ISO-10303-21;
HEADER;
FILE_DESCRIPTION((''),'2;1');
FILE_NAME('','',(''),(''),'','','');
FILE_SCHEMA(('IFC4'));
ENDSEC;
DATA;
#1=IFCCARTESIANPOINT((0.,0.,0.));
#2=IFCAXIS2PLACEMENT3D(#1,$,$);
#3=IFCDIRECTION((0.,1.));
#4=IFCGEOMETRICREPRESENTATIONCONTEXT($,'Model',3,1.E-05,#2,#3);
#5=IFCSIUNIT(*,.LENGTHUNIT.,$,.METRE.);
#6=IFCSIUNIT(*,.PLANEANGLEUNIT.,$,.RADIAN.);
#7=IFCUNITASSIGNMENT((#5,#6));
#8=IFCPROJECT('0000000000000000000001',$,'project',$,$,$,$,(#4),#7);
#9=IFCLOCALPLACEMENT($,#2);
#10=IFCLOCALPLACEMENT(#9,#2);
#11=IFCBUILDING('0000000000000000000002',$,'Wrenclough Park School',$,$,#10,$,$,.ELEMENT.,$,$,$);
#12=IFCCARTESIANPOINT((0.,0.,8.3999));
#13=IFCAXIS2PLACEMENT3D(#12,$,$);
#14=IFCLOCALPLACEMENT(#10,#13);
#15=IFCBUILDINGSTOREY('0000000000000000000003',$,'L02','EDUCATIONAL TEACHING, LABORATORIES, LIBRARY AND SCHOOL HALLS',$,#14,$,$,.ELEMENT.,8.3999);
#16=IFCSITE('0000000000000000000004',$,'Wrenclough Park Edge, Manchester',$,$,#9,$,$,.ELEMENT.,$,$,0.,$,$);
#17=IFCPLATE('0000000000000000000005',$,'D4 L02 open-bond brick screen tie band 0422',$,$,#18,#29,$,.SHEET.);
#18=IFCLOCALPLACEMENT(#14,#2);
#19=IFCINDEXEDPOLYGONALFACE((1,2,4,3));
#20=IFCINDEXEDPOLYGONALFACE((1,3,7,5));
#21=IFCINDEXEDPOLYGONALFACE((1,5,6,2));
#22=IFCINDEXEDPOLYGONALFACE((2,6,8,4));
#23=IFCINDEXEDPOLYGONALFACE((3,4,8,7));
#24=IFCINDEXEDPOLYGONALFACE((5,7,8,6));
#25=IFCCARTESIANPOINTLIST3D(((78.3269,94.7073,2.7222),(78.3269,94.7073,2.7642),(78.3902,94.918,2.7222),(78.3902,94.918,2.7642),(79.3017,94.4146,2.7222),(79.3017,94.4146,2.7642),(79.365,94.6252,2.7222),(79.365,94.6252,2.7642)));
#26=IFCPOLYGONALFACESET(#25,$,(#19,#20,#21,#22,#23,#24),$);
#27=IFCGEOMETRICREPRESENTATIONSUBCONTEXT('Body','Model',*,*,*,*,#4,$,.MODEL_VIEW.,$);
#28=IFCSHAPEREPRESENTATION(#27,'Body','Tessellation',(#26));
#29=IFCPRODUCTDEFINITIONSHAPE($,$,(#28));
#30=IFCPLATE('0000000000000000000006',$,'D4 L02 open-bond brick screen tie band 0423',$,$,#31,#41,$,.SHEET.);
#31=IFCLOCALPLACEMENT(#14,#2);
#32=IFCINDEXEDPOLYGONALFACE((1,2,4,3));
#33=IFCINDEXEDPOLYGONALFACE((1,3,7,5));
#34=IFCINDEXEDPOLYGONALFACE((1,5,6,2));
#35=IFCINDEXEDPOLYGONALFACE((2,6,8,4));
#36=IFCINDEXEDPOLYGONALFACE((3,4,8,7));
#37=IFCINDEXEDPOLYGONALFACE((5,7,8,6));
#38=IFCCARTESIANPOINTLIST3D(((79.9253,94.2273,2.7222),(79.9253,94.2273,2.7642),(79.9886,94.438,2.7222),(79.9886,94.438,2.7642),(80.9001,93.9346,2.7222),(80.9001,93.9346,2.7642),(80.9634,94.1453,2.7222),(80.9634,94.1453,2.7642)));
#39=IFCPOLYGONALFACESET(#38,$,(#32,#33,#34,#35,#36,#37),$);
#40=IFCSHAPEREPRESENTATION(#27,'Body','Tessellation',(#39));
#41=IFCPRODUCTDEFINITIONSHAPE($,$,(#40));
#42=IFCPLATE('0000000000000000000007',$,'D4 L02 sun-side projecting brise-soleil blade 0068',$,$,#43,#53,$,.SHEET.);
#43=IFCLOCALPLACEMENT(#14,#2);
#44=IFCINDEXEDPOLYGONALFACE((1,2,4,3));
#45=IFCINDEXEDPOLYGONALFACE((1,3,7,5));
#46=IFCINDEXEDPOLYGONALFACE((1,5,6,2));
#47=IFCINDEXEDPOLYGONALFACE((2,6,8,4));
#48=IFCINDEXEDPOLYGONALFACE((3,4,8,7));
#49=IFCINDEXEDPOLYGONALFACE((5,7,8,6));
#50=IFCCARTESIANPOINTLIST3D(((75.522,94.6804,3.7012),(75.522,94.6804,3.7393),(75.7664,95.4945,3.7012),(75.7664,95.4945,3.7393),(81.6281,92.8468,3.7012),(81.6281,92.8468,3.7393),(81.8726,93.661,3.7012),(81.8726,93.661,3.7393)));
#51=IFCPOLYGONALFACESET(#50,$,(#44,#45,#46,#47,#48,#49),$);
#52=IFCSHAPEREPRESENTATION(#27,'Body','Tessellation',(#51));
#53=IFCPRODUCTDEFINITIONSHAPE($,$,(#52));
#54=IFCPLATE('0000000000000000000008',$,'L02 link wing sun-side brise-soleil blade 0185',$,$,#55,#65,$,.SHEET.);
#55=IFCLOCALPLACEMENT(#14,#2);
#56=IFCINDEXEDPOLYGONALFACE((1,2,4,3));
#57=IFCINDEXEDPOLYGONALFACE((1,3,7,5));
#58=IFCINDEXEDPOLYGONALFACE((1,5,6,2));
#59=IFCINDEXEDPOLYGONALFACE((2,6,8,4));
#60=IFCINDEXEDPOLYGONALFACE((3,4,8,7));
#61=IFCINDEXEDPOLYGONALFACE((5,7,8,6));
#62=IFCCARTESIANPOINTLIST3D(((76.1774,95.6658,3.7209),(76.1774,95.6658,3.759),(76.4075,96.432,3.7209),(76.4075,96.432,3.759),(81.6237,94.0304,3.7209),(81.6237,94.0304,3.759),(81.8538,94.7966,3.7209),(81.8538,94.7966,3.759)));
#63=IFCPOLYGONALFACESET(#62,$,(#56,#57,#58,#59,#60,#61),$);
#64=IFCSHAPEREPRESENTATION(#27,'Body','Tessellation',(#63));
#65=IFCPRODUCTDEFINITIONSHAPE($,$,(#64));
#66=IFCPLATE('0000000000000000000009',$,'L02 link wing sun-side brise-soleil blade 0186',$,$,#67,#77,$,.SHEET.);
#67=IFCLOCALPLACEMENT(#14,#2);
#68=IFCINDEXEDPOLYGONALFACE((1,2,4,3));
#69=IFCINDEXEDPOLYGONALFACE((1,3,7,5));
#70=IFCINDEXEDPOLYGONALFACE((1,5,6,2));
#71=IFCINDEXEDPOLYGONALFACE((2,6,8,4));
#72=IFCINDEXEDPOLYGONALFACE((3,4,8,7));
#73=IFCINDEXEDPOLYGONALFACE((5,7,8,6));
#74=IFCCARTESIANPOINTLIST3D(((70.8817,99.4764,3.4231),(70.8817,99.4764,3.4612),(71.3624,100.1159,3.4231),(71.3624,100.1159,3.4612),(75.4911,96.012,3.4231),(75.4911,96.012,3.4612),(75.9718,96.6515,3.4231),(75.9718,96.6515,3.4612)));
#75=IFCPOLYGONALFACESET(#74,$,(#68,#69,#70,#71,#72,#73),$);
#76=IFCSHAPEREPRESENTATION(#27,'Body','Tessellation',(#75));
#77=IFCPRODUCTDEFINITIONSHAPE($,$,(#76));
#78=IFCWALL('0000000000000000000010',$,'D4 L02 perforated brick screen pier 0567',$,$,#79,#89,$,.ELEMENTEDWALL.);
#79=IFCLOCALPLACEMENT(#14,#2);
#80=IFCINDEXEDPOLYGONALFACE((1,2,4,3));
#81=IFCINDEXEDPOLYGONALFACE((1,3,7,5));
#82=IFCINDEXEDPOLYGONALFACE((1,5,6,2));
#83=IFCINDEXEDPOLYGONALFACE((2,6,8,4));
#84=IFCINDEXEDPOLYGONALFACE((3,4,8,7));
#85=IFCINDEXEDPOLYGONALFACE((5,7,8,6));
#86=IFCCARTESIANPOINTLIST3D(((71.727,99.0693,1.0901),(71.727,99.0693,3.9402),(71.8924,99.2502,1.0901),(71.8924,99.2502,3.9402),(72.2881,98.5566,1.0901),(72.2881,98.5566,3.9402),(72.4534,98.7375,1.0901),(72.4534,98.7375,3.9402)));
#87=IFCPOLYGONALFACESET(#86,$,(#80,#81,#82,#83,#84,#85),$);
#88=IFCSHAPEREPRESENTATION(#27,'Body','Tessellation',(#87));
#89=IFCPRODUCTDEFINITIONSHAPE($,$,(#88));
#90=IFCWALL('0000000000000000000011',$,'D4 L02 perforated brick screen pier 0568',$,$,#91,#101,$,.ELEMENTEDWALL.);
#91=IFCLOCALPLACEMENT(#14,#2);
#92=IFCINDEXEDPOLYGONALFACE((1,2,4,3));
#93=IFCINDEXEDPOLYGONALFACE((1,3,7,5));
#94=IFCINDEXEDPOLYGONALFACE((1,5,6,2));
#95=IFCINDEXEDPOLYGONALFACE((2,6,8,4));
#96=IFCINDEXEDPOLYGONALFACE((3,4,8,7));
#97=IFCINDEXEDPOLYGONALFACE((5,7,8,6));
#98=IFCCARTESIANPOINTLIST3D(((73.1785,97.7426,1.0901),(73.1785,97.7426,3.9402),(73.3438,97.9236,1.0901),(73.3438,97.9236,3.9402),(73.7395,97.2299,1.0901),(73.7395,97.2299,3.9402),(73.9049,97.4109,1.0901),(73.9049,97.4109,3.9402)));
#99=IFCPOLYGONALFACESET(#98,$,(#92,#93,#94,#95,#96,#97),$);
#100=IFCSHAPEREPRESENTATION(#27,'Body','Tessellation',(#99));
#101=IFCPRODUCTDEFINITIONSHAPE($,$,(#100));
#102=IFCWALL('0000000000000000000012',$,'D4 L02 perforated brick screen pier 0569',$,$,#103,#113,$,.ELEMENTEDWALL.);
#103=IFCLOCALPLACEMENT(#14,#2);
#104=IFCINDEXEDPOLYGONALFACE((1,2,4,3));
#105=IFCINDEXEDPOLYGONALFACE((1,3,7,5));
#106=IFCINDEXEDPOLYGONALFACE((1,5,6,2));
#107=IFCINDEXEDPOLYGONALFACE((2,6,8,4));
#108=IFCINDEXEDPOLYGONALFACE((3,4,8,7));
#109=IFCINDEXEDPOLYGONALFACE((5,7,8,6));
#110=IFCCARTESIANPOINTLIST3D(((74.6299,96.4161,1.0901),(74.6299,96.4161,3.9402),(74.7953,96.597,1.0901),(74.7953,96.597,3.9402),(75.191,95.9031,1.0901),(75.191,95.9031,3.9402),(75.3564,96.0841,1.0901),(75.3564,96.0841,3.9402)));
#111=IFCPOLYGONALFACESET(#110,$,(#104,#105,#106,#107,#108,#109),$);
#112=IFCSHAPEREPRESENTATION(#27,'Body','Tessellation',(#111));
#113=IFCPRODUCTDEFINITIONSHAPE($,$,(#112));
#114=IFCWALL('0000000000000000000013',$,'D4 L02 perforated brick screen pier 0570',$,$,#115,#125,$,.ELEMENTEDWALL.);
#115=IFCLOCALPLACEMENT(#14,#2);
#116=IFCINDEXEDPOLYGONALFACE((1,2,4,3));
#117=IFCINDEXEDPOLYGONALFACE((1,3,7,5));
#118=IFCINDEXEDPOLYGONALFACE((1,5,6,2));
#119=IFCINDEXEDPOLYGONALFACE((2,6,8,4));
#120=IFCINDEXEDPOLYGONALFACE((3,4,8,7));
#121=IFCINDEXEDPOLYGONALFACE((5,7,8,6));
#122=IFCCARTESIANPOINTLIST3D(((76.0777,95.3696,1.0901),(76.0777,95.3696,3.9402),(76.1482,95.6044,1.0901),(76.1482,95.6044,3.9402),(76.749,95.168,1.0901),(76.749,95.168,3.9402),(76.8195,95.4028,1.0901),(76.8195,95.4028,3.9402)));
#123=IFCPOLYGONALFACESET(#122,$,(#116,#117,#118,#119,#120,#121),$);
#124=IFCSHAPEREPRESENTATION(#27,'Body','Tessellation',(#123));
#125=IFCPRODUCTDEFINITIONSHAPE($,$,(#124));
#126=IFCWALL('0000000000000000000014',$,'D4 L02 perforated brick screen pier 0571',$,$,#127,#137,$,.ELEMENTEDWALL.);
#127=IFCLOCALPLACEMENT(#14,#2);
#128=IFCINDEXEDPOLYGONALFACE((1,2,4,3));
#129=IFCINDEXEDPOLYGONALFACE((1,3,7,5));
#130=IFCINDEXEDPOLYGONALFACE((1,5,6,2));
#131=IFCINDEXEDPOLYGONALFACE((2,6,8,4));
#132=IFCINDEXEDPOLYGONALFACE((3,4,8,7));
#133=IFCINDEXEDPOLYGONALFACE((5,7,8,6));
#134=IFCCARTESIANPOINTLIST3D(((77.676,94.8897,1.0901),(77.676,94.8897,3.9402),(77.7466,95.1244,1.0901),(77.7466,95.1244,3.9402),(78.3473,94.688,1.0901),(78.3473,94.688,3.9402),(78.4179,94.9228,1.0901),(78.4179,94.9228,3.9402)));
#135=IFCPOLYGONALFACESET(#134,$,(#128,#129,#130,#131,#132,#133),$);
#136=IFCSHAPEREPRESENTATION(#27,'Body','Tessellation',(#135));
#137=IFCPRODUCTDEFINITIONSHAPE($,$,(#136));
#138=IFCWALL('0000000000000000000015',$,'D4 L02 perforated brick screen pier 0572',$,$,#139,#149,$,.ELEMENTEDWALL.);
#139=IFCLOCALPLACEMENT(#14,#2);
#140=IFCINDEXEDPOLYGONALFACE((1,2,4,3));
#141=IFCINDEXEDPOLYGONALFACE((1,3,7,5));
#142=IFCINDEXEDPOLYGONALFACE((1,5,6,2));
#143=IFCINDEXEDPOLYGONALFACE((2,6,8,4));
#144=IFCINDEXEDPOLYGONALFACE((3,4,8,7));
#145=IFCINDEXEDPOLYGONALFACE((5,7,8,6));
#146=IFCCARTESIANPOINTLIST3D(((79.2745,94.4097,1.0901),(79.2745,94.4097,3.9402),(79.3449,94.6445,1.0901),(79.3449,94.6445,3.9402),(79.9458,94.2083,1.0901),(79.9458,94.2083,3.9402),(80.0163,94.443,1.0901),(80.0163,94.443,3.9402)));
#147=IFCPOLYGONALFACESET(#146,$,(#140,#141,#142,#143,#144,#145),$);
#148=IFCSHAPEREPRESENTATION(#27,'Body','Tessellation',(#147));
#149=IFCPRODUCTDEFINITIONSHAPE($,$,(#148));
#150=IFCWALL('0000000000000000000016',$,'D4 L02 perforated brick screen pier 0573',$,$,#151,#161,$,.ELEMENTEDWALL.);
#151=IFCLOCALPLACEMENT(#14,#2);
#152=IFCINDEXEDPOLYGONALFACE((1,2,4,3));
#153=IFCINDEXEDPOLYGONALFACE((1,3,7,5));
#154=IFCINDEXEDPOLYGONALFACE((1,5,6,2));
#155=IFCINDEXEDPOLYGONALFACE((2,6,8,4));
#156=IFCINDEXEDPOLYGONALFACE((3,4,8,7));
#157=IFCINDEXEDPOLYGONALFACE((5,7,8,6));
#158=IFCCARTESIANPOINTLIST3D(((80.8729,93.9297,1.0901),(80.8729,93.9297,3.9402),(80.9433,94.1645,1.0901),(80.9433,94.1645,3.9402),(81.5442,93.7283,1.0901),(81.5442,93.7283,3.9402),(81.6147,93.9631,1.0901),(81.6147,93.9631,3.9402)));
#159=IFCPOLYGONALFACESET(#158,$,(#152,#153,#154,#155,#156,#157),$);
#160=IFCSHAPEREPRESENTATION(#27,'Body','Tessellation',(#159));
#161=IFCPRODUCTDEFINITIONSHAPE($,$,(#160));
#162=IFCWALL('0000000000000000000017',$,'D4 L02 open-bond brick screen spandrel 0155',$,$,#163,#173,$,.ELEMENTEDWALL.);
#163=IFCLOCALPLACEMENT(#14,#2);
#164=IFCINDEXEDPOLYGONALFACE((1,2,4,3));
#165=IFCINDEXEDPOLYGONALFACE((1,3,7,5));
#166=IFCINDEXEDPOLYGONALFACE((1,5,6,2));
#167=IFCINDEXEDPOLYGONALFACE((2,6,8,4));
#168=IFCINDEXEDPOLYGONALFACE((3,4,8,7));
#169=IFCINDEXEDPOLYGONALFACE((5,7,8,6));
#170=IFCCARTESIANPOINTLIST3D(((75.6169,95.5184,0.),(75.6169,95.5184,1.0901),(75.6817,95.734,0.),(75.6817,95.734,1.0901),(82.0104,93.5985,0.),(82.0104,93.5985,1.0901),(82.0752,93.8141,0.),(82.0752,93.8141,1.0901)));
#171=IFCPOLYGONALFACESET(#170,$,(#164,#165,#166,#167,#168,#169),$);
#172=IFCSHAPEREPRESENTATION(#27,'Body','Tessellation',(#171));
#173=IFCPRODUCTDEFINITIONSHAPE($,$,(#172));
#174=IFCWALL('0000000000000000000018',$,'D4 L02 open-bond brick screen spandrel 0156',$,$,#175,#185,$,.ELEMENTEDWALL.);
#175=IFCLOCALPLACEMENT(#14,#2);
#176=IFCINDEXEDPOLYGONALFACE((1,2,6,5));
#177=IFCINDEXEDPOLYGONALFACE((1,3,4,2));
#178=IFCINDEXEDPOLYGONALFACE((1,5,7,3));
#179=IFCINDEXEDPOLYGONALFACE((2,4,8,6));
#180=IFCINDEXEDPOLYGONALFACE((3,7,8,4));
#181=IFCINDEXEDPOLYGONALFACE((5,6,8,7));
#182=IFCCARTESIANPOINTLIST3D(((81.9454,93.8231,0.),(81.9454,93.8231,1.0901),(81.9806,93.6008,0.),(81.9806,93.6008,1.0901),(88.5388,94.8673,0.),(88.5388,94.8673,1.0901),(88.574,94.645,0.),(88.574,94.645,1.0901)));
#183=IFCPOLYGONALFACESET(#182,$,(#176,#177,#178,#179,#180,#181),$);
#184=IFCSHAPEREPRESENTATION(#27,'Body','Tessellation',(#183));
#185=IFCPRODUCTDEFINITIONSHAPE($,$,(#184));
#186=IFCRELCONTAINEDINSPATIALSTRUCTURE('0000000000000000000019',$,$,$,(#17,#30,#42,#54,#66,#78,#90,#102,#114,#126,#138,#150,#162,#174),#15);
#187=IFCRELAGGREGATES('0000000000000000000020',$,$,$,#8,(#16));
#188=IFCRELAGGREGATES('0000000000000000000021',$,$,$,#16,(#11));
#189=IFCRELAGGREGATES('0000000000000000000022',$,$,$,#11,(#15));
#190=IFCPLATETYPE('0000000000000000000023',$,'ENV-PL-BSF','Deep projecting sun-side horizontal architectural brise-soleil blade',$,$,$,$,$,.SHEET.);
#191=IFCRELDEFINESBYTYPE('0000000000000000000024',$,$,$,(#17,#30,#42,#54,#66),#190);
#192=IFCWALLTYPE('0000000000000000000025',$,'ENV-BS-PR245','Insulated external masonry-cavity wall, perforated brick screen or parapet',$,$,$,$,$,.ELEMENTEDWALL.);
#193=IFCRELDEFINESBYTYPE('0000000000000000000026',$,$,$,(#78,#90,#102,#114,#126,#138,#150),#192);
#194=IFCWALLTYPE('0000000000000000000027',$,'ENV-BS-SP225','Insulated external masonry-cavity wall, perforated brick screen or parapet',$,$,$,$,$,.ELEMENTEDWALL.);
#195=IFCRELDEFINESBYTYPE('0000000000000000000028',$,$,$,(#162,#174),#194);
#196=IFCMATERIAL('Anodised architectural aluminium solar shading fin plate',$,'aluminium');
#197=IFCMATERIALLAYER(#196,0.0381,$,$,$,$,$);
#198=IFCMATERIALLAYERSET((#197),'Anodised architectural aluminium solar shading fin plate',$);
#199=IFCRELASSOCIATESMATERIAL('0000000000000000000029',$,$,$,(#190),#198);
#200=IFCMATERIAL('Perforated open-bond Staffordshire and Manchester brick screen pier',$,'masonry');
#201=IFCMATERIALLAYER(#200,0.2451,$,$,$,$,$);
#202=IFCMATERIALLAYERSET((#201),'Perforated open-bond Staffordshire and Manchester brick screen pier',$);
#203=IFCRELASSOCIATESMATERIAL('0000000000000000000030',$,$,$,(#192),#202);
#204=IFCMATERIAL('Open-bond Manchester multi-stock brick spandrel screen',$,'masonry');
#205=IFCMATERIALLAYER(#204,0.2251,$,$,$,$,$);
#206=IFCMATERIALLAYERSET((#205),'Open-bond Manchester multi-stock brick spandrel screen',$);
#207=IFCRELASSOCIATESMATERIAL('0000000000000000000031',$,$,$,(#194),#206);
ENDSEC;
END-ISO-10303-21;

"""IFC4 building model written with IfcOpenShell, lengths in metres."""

from ifc_helpers import new_model, si_unit, direction, frame, frame_2d, origin, origin_2d, place, context, subcontext, project, spatial, rectangle, extrude, material, layer, layer_set, type_object, element, save


model = new_model("IFC4")

# Units and contexts
model_context = context("Model", 3, precision=1e-05, world=origin(), true_north=direction((0.0, 1.0)))
body_context = subcontext(model_context, "Body", "Model", "MODEL_VIEW")
ifc_project = project(units=[si_unit("LENGTHUNIT", "METRE"), si_unit("PLANEANGLEUNIT", "RADIAN")], contexts=[model_context])

# Site, building, storey
site_placement = place(None, origin())
site = spatial("IfcSite", under=ifc_project, at=site_placement, Name="Wrenclough Park Edge, Manchester", CompositionType="ELEMENT", RefElevation=0.0)
building_placement = place(site_placement, origin())
building = spatial("IfcBuilding", under=site, at=building_placement, Name="Wrenclough Park School", CompositionType="ELEMENT")
storey_placement = place(building_placement, frame((0.0, 0.0, 8.3999)))
storey = spatial("IfcBuildingStorey", under=building, at=storey_placement, Name="L02", Description="EDUCATIONAL TEACHING, LABORATORIES, LIBRARY AND SCHOOL HALLS", CompositionType="ELEMENT", Elevation=8.3999)

# Plates
ifc_material_1 = material(Name="Anodised architectural aluminium solar shading fin plate", Category="aluminium")
ifc_layer_1 = layer(ifc_material_1, 0.0381)
ifc_layer_set_1 = layer_set([ifc_layer_1], Name="Anodised architectural aluminium solar shading fin plate")
plate_type = type_object("IfcPlateType", Name="ENV-PL-BSF", Description="Deep projecting sun-side horizontal architectural brise-soleil blade", PredefinedType="SHEET", material=ifc_layer_set_1)
for number, where, z_axis, x_axis, name in (
    (1, (78.8459, 94.6663, 2.7222), (0.0, 0.0, 1.0), (0.957751, -0.287598, 0.0), "D4 L02 open-bond brick screen tie band 0422"),
    (2, (80.4443, 94.1863, 2.7222), (0.0, 0.0, 1.0), (0.957751, -0.287598, 0.0), "D4 L02 open-bond brick screen tie band 0423"),
):
    element("IfcPlate", number, at=place(storey_placement, frame(where, z_axis=z_axis, x_axis=x_axis)), inside=storey, type_object=plate_type, Name=name, PredefinedType="SHEET", context=body_context, shape_type="SweptSolid", body=[
        extrude(rectangle(XDim=1.0178, YDim=0.22, at=origin_2d()), origin(), (0.0, 0.0, 1.0), 0.042),
    ])
plate_1_placement = place(storey_placement, frame((78.6973, 94.1707, 3.7012), z_axis=(0.0, 0.0, 1.0), x_axis=(0.957751, -0.287598, 0.0)))
element("IfcPlate", 3, at=plate_1_placement, inside=storey, type_object=plate_type, Name="D4 L02 sun-side projecting brise-soleil blade 0068", PredefinedType="SHEET", context=body_context, shape_type="SweptSolid", body=[
    extrude(rectangle(XDim=6.3755, YDim=0.8501, at=origin_2d()), origin(), (0.0, 0.0, 1.0), 0.0381),
])
plate_2_placement = place(storey_placement, frame((79.0156, 95.2312, 3.7209), z_axis=(0.0, 0.0, 1.0), x_axis=(-0.95775, 0.287601, 0.0)))
element("IfcPlate", 4, at=plate_2_placement, inside=storey, type_object=plate_type, Name="L02 link wing sun-side brise-soleil blade 0185", PredefinedType="SHEET", context=body_context, shape_type="SweptSolid", body=[
    extrude(rectangle(XDim=5.6865, YDim=0.8, at=origin_2d()), origin(), (0.0, 0.0, 1.0), 0.0381),
])
plate_3_placement = place(storey_placement, frame((73.4268, 98.064, 3.4231), z_axis=(0.0, 0.0, 1.0), x_axis=(-0.799387, 0.600817, 0.0)))
element("IfcPlate", 5, at=plate_3_placement, inside=storey, type_object=plate_type, Name="L02 link wing sun-side brise-soleil blade 0186", PredefinedType="SHEET", context=body_context, shape_type="SweptSolid", body=[
    extrude(rectangle(XDim=5.7661, YDim=0.8, at=origin_2d()), origin(), (0.0, 0.0, 1.0), 0.0381),
])

# Walls
ifc_material_2 = material(Name="Perforated open-bond Staffordshire and Manchester brick screen pier", Category="masonry")
ifc_layer_2 = layer(ifc_material_2, 0.2451)
ifc_layer_set_2 = layer_set([ifc_layer_2], Name="Perforated open-bond Staffordshire and Manchester brick screen pier")
wall_type_1 = type_object("IfcWallType", Name="ENV-BS-PR245", Description="Insulated external masonry-cavity wall, perforated brick screen or parapet", PredefinedType="ELEMENTEDWALL", material=ifc_layer_set_2)
for number, where, z_axis, x_axis, name in (
    (6, (71.8098, 99.1597, 1.0901), (0.0, 0.0, 1.0), (0.738193, -0.674589, 0.0), "D4 L02 perforated brick screen pier 0567"),
    (7, (73.2612, 97.833, 1.0901), (0.0, 0.0, 1.0), (0.738193, -0.674589, 0.0), "D4 L02 perforated brick screen pier 0568"),
):
    element("IfcWall", number, at=place(storey_placement, frame(where, z_axis=z_axis, x_axis=x_axis)), inside=storey, type_object=wall_type_1, Name=name, PredefinedType="ELEMENTEDWALL", context=body_context, shape_type="SweptSolid", body=[
        extrude(rectangle(XDim=0.76, YDim=0.2451, at=frame_2d((0.3799, 0.0))), origin(), (0.0, 0.0, 1.0), 2.8501),
    ])
wall_1_placement = place(storey_placement, frame((74.7126, 96.5066, 1.0901), z_axis=(0.0, 0.0, 1.0), x_axis=(0.738033, -0.674764, 0.0)))
element("IfcWall", 8, at=wall_1_placement, inside=storey, type_object=wall_type_1, Name="D4 L02 perforated brick screen pier 0569", PredefinedType="ELEMENTEDWALL", context=body_context, shape_type="SweptSolid", body=[
    extrude(rectangle(XDim=0.7603, YDim=0.2451, at=frame_2d((0.3801, 0.0))), origin(), (0.0, 0.0, 1.0), 2.8501),
])
for number, where, z_axis, x_axis, name in (
    (9, (76.1128, 95.4871, 1.0901), (0.0, 0.0, 1.0), (0.95773, -0.287667, 0.0), "D4 L02 perforated brick screen pier 0570"),
    (10, (77.7112, 95.0071, 1.0901), (0.0, 0.0, 1.0), (0.95773, -0.287667, 0.0), "D4 L02 perforated brick screen pier 0571"),
    (11, (79.3096, 94.5271, 1.0901), (0.0, 0.0, 1.0), (0.957826, -0.287348, 0.0), "D4 L02 perforated brick screen pier 0572"),
    (12, (80.908, 94.0471, 1.0901), (0.0, 0.0, 1.0), (0.957826, -0.287348, 0.0), "D4 L02 perforated brick screen pier 0573"),
):
    element("IfcWall", number, at=place(storey_placement, frame(where, z_axis=z_axis, x_axis=x_axis)), inside=storey, type_object=wall_type_1, Name=name, PredefinedType="ELEMENTEDWALL", context=body_context, shape_type="SweptSolid", body=[
        extrude(rectangle(XDim=0.7009, YDim=0.2451, at=frame_2d((0.3506, 0.0))), origin(), (0.0, 0.0, 1.0), 2.8501),
    ])
ifc_material_3 = material(Name="Open-bond Manchester multi-stock brick spandrel screen", Category="masonry")
ifc_layer_3 = layer(ifc_material_3, 0.2251)
ifc_layer_set_3 = layer_set([ifc_layer_3], Name="Open-bond Manchester multi-stock brick spandrel screen")
wall_type_2 = type_object("IfcWallType", Name="ENV-BS-SP225", Description="Insulated external masonry-cavity wall, perforated brick screen or parapet", PredefinedType="ELEMENTEDWALL", material=ifc_layer_set_3)
for number, where, z_axis, x_axis, name in (
    (13, (75.6492, 95.6262, 0.0), (0.0, 0.0, 1.0), (0.95775, -0.287603, 0.0), "D4 L02 open-bond brick screen spandrel 0155"),
    (14, (81.9629, 93.7119, 0.0), (0.0, 0.0, 1.0), (0.98769, 0.156423, 0.0), "D4 L02 open-bond brick screen spandrel 0156"),
):
    element("IfcWall", number, at=place(storey_placement, frame(where, z_axis=z_axis, x_axis=x_axis)), inside=storey, type_object=wall_type_2, Name=name, PredefinedType="ELEMENTEDWALL", context=body_context, shape_type="SweptSolid", body=[
        extrude(rectangle(XDim=6.6755, YDim=0.2251, at=frame_2d((3.3379, 0.0))), origin(), (0.0, 0.0, 1.0), 1.0901),
    ])

save(model, "model.ifc")
